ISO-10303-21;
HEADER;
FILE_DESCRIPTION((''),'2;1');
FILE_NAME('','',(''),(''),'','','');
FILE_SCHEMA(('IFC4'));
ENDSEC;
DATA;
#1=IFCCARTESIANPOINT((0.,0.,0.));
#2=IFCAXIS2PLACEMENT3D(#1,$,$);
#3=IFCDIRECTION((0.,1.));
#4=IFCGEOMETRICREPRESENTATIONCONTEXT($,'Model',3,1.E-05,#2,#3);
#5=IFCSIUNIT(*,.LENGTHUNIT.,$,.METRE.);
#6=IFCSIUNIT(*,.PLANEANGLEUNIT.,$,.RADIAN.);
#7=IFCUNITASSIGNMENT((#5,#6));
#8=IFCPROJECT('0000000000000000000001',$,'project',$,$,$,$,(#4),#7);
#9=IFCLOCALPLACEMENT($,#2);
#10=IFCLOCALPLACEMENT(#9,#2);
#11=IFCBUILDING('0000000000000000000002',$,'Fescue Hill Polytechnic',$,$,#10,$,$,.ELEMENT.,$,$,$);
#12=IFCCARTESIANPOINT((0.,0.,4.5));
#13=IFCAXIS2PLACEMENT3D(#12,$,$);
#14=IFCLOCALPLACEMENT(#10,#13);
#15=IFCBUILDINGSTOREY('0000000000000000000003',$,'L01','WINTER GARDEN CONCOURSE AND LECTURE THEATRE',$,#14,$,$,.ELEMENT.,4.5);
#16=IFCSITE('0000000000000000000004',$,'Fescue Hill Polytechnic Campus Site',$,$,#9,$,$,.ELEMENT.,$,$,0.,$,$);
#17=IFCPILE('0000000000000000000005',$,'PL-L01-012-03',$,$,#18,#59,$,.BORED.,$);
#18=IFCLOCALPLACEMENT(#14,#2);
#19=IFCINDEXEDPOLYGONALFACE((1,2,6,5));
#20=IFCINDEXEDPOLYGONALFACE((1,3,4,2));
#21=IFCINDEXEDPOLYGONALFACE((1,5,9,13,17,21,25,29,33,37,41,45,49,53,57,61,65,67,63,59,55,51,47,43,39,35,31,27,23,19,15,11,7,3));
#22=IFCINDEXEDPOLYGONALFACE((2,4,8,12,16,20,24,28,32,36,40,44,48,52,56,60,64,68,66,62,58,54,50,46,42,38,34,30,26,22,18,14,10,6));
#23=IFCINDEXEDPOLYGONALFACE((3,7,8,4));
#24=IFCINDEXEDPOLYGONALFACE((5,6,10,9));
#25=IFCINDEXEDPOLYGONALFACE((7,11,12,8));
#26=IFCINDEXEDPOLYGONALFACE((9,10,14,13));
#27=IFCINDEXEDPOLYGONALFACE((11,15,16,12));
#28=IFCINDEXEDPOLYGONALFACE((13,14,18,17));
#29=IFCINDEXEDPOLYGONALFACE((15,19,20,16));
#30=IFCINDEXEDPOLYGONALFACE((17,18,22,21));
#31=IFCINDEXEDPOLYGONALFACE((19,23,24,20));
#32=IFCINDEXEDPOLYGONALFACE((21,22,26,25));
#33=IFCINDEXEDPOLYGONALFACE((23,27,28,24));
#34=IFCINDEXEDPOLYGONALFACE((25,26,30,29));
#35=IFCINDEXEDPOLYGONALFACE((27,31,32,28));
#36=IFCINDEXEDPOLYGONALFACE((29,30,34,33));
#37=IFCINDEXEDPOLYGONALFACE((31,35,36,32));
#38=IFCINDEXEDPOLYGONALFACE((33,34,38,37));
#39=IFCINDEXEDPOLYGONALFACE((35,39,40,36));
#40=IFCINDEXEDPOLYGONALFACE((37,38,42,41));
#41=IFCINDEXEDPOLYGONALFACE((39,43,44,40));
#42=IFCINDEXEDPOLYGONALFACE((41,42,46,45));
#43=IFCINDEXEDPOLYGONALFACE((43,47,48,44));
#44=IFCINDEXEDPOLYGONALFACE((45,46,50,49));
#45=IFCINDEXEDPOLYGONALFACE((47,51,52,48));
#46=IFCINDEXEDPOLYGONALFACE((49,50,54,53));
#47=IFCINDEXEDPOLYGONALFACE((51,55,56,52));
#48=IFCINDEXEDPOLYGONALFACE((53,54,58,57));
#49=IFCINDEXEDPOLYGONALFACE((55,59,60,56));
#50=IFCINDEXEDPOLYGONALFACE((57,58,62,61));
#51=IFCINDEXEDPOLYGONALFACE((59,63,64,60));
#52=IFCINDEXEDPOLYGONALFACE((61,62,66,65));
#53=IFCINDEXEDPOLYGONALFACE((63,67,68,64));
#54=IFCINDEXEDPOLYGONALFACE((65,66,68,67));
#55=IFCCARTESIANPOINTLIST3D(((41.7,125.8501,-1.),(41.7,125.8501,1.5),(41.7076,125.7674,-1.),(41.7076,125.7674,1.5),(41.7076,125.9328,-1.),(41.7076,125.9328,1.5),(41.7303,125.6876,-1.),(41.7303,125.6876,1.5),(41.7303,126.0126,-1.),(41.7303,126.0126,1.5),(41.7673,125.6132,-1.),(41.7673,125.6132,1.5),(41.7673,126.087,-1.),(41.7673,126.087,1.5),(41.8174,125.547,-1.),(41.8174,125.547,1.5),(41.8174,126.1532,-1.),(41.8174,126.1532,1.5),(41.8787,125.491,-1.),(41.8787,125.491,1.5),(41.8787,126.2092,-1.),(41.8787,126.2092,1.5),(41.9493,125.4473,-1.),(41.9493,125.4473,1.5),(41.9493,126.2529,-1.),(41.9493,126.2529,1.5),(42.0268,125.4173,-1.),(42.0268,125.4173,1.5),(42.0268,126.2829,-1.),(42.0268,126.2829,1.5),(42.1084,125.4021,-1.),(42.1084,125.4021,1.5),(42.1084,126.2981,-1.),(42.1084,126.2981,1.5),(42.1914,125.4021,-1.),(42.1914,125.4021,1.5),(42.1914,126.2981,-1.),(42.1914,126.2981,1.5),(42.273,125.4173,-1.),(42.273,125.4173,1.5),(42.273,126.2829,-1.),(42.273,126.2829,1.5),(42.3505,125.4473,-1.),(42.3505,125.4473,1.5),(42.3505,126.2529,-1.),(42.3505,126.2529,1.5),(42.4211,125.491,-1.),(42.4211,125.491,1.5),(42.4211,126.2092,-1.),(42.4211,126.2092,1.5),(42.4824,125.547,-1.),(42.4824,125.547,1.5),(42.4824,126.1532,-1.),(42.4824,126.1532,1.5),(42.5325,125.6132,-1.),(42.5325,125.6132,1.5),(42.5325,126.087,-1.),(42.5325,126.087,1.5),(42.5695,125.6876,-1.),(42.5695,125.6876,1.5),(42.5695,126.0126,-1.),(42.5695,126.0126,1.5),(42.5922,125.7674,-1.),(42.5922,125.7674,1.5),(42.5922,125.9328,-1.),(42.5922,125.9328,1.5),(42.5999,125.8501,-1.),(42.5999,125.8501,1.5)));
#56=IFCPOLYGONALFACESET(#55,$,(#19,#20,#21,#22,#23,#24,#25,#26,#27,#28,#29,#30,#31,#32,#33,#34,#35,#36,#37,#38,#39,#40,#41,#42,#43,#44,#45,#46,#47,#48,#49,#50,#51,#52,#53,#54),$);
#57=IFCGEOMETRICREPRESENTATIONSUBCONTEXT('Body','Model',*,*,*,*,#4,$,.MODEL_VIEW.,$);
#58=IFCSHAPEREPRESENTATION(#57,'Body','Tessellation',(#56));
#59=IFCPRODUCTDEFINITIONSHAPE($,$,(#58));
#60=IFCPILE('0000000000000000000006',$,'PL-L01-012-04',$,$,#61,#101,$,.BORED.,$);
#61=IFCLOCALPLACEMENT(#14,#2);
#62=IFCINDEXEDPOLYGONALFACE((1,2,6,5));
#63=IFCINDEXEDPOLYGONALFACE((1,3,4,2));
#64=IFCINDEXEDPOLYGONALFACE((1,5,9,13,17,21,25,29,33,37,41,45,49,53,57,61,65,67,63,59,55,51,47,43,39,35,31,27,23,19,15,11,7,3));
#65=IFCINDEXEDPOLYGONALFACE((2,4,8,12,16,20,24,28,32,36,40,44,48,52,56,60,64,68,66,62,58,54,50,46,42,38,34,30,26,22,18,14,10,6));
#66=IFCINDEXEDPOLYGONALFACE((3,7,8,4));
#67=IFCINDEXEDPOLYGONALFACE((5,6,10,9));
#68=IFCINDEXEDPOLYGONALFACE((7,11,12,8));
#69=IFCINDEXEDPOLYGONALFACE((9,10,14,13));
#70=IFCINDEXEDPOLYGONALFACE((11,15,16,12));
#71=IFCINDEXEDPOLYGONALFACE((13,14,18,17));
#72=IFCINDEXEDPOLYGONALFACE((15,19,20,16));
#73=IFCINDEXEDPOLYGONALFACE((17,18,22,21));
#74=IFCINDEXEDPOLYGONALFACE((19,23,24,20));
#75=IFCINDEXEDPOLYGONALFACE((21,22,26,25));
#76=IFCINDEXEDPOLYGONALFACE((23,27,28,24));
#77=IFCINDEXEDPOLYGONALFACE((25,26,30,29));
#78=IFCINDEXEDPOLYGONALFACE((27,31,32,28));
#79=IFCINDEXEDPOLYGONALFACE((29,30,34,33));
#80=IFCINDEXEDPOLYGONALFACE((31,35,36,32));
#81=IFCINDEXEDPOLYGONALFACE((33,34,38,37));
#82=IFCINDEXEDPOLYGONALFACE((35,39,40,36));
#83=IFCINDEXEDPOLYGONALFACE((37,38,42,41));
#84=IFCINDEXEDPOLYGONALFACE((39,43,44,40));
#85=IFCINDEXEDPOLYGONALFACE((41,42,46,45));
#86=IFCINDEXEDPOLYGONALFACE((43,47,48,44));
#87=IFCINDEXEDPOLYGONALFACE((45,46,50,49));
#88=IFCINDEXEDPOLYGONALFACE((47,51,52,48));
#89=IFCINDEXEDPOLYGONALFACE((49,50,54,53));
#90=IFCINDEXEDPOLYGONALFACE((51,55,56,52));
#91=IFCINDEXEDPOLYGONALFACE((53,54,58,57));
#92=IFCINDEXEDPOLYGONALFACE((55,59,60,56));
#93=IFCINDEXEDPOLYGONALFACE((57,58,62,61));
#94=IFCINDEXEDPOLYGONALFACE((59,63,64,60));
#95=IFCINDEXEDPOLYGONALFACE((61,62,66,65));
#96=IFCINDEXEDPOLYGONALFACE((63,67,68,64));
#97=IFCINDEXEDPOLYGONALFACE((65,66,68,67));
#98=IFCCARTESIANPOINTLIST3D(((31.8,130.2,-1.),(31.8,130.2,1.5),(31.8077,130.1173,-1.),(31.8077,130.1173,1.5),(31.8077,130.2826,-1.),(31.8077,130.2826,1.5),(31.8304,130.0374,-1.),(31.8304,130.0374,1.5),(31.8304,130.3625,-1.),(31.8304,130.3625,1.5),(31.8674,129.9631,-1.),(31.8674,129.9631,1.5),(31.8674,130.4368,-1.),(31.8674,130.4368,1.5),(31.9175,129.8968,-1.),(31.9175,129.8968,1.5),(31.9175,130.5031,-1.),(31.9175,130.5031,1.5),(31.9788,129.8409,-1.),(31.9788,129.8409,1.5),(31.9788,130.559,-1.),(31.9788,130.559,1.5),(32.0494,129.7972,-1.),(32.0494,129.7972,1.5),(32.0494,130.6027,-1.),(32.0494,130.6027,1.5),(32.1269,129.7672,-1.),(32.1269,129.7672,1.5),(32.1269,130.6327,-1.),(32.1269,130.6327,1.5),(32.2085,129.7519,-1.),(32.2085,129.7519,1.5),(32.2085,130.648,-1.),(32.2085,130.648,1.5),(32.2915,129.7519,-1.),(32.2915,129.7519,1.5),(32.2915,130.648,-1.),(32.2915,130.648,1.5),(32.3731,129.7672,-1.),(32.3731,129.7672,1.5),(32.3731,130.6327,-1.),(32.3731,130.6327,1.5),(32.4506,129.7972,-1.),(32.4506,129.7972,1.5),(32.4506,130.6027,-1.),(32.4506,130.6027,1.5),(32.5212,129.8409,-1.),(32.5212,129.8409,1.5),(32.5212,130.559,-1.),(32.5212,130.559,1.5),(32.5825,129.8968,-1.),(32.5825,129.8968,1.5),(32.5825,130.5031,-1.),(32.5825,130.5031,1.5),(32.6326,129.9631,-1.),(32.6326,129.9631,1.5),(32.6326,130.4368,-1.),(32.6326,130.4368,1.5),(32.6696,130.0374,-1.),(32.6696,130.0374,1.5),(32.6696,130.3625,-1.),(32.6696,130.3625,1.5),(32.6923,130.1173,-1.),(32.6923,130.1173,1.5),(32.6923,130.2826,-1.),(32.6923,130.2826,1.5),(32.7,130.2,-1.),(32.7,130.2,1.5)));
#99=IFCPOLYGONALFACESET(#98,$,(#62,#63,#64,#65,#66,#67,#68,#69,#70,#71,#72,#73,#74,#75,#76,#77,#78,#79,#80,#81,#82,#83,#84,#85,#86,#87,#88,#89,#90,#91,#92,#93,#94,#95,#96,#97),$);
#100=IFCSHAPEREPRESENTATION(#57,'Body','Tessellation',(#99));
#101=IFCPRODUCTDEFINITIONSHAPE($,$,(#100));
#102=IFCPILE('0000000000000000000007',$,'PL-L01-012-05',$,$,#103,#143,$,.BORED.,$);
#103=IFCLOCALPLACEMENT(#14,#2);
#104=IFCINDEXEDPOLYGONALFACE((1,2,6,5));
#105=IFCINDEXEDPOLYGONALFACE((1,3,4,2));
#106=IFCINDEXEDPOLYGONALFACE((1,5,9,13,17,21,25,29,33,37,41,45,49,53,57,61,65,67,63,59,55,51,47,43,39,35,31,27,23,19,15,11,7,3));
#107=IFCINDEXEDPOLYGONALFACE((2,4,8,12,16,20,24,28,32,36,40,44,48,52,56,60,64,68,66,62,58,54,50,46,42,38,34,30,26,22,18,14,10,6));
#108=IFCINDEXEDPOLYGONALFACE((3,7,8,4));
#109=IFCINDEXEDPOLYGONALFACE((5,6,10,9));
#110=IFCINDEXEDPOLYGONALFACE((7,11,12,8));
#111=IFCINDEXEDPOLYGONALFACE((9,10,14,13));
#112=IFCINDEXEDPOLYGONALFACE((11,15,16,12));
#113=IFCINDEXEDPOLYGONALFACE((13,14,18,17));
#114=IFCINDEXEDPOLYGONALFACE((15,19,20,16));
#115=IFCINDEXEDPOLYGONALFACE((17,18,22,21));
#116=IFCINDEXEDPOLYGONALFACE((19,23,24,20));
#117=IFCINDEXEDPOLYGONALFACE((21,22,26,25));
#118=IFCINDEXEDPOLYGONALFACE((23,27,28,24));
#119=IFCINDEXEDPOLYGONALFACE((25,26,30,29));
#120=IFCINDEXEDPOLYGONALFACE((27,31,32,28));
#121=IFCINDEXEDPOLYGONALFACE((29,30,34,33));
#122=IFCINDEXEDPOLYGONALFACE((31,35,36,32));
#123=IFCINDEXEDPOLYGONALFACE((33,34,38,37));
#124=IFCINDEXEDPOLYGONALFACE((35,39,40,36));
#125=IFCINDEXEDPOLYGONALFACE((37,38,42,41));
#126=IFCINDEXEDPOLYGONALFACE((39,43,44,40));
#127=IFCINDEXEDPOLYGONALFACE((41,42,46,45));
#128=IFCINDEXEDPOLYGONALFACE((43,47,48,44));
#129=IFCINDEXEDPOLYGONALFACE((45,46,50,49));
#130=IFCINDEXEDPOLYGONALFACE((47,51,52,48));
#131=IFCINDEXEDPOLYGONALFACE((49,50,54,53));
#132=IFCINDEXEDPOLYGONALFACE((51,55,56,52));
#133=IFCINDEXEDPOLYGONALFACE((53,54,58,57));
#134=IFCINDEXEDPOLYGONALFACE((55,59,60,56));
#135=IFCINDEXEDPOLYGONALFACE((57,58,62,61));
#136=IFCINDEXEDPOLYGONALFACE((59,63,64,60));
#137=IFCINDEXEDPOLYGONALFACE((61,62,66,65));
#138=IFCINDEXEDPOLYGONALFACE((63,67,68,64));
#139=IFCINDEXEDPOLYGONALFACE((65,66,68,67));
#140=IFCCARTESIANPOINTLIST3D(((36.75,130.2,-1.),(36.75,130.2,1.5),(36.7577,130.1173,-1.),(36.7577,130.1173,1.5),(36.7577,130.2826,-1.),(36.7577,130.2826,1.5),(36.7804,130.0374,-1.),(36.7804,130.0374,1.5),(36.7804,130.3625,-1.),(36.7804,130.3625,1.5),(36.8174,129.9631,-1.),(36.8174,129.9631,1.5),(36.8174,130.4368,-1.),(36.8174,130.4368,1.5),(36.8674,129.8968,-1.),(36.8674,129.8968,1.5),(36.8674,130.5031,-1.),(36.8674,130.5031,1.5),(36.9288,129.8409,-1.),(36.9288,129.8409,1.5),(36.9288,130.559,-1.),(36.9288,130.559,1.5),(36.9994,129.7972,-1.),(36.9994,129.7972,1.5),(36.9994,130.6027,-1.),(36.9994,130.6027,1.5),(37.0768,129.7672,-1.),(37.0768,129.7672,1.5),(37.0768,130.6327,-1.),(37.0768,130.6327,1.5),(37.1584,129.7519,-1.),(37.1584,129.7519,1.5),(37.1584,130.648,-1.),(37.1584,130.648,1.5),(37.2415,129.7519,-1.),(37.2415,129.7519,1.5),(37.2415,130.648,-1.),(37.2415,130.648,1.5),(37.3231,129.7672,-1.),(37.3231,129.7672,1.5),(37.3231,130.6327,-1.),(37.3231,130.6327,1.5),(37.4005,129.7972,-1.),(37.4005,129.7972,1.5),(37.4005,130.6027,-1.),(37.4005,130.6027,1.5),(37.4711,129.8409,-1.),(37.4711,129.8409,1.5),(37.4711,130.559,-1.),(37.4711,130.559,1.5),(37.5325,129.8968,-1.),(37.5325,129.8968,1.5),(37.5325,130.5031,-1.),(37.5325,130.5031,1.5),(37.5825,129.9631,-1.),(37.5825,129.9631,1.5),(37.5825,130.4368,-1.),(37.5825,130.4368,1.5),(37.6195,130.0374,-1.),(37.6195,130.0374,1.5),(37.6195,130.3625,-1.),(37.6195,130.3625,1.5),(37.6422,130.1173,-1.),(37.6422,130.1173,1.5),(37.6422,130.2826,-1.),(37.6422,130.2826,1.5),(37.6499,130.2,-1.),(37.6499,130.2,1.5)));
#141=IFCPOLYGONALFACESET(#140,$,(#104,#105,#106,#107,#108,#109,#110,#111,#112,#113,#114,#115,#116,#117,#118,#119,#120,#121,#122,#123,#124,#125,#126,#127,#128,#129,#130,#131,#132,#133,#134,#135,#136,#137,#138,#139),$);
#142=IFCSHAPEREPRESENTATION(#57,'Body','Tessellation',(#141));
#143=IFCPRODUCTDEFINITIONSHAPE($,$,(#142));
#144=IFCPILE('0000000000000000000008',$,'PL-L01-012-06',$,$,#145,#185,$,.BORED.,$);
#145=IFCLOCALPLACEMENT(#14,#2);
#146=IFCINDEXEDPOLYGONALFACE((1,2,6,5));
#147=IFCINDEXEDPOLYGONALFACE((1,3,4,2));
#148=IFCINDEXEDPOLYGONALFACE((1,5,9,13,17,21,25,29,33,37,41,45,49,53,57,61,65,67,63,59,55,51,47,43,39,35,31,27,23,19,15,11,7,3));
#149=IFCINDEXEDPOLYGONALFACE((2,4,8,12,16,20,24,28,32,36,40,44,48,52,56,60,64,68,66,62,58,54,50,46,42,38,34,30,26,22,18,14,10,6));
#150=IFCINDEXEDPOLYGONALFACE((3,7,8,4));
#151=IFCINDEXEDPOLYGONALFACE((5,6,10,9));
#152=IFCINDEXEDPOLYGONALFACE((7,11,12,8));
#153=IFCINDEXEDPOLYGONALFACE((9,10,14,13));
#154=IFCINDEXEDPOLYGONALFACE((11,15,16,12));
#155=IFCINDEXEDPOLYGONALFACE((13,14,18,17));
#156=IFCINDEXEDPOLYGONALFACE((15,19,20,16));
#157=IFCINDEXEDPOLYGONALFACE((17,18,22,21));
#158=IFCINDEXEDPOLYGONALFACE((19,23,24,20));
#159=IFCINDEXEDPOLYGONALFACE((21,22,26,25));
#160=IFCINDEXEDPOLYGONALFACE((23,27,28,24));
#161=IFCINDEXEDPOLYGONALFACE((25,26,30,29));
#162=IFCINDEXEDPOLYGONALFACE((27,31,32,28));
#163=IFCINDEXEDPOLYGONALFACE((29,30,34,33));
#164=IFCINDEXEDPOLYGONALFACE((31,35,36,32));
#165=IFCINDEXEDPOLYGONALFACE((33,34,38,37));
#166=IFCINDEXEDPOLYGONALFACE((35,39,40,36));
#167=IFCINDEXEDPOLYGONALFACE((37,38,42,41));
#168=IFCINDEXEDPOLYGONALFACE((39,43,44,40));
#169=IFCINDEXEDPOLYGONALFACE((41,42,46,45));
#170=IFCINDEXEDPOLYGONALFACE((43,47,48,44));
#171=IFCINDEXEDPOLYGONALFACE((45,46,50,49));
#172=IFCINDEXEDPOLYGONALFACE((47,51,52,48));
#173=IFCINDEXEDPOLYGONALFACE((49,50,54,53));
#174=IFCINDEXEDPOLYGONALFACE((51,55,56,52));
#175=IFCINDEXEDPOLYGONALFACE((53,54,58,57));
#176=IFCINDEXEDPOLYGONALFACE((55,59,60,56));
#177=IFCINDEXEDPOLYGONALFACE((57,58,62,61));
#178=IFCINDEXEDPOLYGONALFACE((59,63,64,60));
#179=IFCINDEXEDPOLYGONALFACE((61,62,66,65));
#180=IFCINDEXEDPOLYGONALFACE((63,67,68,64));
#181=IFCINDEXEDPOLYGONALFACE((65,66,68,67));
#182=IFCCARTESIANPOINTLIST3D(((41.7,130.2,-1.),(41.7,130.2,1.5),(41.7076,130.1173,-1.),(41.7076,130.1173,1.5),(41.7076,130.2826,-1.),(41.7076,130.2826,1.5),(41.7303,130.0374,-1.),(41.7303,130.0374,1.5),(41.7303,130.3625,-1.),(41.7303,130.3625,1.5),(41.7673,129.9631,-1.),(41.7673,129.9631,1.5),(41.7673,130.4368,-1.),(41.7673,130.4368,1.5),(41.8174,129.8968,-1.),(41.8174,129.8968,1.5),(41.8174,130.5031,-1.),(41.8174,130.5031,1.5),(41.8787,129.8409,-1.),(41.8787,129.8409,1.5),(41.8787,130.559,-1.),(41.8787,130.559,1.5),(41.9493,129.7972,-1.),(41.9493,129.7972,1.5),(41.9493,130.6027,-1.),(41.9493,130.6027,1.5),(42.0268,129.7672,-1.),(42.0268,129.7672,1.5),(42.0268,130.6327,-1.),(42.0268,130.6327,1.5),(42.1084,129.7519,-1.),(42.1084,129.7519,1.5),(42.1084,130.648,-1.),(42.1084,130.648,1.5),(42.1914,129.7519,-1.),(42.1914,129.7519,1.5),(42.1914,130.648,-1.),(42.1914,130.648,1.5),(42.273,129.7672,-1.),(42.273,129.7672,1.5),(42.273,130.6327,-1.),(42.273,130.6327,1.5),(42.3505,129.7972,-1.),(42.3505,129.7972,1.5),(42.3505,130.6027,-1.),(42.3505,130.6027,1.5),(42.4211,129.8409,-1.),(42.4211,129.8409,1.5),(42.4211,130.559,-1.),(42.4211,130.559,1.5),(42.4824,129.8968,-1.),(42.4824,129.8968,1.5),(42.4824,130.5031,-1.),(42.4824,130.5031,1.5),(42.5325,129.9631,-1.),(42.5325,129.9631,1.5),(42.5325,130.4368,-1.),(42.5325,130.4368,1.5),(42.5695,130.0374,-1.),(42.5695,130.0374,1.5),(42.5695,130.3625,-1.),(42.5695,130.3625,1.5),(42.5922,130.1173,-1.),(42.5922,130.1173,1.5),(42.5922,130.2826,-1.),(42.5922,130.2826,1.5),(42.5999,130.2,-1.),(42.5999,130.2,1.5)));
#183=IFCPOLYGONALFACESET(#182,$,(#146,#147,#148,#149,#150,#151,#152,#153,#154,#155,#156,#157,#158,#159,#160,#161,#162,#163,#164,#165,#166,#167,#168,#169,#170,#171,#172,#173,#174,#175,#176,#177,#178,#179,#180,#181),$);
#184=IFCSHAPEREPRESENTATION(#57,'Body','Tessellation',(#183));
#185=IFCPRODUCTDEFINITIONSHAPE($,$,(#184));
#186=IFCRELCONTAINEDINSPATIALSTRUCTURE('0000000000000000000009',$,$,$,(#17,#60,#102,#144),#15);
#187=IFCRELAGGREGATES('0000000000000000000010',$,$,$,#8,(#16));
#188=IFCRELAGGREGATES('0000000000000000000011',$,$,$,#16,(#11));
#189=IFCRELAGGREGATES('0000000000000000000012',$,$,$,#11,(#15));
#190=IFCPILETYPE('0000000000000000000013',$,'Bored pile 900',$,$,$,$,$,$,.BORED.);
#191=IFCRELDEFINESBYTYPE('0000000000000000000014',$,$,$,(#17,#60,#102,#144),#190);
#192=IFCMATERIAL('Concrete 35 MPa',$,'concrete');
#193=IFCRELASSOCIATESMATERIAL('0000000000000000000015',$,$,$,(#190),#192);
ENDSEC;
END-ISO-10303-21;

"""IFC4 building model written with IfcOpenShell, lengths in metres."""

from ifc_helpers import new_model, si_unit, direction, frame, origin, origin_2d, place, context, subcontext, project, spatial, circle, extrude, material, material_profile, profile_set, type_object, element, save


model = new_model("IFC4")

# Units and contexts
model_context = context("Model", 3, precision=1e-05, world=origin(), true_north=direction((0.0, 1.0)))
body_context = subcontext(model_context, "Body", "Model", "MODEL_VIEW")
ifc_project = project(units=[si_unit("LENGTHUNIT", "METRE"), si_unit("PLANEANGLEUNIT", "RADIAN")], contexts=[model_context])

# Site, building, storey
site_placement = place(None, origin())
site = spatial("IfcSite", under=ifc_project, at=site_placement, Name="Fescue Hill Polytechnic Campus Site", CompositionType="ELEMENT", RefElevation=0.0)
building_placement = place(site_placement, origin())
building = spatial("IfcBuilding", under=site, at=building_placement, Name="Fescue Hill Polytechnic", CompositionType="ELEMENT")
storey_placement = place(building_placement, frame((0.0, 0.0, 4.5)))
storey = spatial("IfcBuildingStorey", under=building, at=storey_placement, Name="L01", Description="WINTER GARDEN CONCOURSE AND LECTURE THEATRE", CompositionType="ELEMENT", Elevation=4.5)

# Piles
ifc_material_1 = material(Name="Concrete 35 MPa", Category="concrete")
ifc_material_profile = material_profile(ifc_material_1, circle(Radius=0.45, at=origin_2d()), Name="Bored pile 900")
ifc_profile_set = profile_set([ifc_material_profile], Name="Concrete 35 MPa")
pile_type = type_object("IfcPileType", Name="Bored pile 900", PredefinedType="BORED", material=ifc_profile_set)
for number, where, z_axis, x_axis, name in (
    (1, (42.1499, 125.8501, 1.5), (0.0, 0.0, -1.0), (1.0, 0.0, 0.0), "PL-L01-012-03"),
    (2, (32.25, 130.2, 1.5), (0.0, 0.0, -1.0), (1.0, 0.0, 0.0), "PL-L01-012-04"),
    (3, (37.2, 130.2, 1.5), (0.0, 0.0, -1.0), (1.0, 0.0, 0.0), "PL-L01-012-05"),
    (4, (42.1499, 130.2, 1.5), (0.0, 0.0, -1.0), (1.0, 0.0, 0.0), "PL-L01-012-06"),
):
    element("IfcPile", number, at=place(storey_placement, frame(where, z_axis=z_axis, x_axis=x_axis)), inside=storey, type_object=pile_type, Name=name, PredefinedType="BORED", context=body_context, shape_type="SweptSolid", body=[
        extrude(circle(Radius=0.45, at=origin_2d()), origin(), (0.0, 0.0, 1.0), 2.5),
    ])

save(model, "model.ifc")
